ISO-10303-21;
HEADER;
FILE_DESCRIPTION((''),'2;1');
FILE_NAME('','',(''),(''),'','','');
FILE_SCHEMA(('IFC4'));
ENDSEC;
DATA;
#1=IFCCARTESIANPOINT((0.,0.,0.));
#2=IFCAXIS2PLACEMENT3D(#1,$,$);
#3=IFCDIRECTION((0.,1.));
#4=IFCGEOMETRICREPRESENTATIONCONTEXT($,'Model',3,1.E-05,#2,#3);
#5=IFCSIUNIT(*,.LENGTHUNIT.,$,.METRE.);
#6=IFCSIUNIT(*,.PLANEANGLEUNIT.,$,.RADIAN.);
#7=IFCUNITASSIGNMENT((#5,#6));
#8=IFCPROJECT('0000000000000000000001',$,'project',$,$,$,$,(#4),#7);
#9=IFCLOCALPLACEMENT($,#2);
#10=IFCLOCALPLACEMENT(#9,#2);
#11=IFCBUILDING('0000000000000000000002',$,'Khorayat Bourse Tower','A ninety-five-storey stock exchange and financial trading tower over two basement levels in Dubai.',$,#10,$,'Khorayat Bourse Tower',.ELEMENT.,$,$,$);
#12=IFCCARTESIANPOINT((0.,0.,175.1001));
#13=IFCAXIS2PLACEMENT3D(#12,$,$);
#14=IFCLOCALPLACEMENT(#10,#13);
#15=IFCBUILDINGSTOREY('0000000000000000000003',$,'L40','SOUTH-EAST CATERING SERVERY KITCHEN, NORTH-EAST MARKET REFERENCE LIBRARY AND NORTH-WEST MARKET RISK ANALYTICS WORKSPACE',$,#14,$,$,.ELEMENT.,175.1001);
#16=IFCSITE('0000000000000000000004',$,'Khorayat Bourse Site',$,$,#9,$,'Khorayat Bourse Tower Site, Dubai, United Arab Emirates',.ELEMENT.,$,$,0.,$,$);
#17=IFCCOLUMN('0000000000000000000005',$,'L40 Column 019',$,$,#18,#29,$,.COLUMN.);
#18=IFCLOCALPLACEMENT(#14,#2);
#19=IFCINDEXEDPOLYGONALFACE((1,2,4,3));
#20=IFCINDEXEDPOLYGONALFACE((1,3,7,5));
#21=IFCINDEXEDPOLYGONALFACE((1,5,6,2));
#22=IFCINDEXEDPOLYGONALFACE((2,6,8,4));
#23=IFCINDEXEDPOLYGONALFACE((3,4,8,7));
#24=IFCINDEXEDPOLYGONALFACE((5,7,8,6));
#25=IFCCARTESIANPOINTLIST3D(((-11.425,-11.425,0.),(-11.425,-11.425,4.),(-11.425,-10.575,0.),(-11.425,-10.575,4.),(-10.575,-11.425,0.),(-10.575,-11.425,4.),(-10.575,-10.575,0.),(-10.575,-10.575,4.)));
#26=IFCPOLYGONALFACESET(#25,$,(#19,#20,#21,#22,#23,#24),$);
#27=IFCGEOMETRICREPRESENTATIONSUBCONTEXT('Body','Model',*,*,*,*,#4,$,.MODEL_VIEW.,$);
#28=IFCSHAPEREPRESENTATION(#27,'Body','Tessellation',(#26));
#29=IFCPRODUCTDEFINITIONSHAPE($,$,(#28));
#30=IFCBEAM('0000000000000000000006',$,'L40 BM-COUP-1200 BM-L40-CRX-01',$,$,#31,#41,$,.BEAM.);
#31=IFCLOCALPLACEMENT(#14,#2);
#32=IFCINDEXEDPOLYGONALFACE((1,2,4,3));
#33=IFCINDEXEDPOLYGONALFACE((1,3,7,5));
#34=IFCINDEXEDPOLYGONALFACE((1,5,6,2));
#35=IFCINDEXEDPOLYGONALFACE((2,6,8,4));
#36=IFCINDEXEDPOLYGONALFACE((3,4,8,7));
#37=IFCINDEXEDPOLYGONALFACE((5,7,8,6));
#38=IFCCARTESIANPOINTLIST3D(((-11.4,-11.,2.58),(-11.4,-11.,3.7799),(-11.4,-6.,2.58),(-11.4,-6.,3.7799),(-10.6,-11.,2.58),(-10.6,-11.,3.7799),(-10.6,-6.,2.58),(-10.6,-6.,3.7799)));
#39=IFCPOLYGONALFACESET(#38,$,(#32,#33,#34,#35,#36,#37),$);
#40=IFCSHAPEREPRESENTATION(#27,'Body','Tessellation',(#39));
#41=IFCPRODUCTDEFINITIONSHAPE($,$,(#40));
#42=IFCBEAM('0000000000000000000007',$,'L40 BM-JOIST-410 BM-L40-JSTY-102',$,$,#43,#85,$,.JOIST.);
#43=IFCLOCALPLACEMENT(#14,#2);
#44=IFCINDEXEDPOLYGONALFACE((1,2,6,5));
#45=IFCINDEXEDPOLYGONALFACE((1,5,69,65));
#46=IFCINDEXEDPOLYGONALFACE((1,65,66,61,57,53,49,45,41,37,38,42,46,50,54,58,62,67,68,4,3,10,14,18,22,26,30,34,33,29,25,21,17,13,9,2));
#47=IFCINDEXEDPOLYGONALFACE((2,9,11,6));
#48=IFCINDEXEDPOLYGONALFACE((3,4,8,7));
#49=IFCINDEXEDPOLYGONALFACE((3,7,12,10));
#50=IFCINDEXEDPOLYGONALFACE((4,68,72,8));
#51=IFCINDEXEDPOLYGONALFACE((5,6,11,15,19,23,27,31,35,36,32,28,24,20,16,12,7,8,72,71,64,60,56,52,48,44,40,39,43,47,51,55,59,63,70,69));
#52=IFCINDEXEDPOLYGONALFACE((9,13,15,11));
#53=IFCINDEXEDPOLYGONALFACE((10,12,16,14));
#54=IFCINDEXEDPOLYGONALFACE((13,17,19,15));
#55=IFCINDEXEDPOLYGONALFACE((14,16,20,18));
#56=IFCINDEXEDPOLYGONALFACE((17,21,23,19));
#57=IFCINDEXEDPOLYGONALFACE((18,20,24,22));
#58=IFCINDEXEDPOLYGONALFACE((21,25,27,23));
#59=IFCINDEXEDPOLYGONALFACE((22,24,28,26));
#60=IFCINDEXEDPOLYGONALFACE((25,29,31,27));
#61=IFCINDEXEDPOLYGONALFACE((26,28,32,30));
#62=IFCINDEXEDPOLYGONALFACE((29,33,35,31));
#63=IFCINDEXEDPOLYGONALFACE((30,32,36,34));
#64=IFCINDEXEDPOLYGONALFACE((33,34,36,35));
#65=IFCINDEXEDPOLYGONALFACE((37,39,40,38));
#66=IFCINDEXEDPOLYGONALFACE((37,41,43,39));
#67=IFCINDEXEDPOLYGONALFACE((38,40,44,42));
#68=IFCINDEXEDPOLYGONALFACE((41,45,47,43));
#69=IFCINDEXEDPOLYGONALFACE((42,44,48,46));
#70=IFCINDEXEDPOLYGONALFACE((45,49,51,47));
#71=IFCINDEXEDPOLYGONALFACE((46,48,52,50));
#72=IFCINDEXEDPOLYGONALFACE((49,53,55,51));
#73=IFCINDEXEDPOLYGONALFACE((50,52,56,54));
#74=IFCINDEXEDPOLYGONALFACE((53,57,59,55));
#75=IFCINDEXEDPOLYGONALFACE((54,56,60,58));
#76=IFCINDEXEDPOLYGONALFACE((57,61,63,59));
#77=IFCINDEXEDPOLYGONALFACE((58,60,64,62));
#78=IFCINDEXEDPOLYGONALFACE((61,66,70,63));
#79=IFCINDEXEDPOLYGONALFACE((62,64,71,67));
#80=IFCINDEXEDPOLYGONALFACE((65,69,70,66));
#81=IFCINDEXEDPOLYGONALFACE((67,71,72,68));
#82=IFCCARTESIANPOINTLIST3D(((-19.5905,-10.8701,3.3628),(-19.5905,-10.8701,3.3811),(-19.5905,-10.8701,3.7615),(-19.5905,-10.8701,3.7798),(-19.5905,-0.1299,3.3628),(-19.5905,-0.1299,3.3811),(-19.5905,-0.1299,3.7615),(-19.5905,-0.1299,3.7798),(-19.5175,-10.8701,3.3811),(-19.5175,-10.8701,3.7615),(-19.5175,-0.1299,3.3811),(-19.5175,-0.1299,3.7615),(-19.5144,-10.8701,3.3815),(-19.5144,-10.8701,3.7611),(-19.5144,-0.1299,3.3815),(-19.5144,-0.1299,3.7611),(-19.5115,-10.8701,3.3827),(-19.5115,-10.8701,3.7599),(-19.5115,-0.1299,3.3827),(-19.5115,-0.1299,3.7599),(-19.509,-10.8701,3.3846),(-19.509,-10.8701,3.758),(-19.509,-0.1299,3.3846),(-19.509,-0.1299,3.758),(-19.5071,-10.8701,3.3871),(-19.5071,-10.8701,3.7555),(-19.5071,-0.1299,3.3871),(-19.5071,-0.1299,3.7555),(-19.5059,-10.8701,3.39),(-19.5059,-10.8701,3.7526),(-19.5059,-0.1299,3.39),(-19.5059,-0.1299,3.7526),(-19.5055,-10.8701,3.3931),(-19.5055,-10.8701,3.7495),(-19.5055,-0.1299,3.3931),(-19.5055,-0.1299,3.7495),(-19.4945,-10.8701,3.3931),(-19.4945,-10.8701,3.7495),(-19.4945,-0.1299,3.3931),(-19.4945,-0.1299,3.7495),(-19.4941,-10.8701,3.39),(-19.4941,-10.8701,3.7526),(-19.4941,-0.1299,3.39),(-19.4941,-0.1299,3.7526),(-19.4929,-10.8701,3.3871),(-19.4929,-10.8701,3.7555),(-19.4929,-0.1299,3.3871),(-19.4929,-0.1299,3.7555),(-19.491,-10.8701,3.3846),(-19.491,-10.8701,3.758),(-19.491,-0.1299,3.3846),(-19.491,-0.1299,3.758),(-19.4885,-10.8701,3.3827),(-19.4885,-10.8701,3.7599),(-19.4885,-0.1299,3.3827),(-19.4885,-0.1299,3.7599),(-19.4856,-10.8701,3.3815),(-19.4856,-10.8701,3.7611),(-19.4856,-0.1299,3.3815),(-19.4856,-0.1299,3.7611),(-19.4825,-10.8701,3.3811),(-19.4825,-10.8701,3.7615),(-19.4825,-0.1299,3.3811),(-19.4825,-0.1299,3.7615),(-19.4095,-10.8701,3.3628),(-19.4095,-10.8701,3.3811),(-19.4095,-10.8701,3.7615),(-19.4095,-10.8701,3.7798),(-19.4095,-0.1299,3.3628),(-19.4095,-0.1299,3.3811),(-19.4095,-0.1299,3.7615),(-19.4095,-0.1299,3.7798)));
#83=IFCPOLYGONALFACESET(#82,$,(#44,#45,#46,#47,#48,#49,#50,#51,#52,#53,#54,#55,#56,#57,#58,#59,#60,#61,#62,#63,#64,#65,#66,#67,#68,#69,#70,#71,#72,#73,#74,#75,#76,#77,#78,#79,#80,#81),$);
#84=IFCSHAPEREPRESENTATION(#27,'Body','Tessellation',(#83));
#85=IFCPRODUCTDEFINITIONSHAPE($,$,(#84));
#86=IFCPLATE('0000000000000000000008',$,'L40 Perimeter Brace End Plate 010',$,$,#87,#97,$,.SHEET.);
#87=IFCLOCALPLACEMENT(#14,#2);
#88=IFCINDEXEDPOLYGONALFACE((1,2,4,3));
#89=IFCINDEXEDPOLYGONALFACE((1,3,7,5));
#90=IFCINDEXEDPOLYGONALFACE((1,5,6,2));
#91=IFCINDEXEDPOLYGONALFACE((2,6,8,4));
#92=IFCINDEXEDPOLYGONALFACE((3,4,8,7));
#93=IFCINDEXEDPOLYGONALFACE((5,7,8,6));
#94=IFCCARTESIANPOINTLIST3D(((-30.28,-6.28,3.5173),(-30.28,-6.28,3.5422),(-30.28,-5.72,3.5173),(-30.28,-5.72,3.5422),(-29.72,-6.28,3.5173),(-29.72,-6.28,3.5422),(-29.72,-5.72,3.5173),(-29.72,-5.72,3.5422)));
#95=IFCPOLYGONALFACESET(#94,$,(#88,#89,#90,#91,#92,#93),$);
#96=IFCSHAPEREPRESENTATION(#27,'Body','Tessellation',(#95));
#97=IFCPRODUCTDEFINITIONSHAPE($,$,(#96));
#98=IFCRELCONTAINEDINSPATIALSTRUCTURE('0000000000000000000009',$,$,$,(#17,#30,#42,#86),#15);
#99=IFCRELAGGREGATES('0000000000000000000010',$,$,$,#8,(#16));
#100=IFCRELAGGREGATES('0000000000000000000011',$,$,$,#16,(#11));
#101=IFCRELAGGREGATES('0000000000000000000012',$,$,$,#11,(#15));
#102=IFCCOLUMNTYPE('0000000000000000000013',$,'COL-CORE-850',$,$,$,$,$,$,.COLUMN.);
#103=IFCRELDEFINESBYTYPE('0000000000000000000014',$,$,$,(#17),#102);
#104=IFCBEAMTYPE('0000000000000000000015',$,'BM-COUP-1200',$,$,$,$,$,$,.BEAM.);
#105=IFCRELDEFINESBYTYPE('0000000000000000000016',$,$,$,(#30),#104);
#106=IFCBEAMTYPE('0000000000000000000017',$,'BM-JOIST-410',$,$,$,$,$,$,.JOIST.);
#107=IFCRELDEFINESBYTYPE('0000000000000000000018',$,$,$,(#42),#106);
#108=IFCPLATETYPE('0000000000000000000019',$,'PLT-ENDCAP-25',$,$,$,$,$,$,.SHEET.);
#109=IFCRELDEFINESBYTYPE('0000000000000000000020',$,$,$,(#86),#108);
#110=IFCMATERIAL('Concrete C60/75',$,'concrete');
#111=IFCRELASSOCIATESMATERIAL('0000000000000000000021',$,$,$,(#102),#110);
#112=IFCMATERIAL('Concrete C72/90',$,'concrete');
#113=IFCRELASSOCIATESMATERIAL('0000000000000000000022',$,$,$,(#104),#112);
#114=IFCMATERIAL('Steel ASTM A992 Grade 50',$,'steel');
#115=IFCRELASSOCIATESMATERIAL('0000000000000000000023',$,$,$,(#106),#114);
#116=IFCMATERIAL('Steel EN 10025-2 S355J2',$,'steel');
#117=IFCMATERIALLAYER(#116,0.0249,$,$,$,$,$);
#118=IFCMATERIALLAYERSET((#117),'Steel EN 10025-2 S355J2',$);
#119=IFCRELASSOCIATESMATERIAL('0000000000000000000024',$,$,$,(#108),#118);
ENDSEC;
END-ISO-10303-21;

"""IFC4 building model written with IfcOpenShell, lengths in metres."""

from ifc_helpers import new_model, si_unit, direction, frame, origin, origin_2d, place, context, subcontext, project, spatial, rectangle, i_section, extrude, source, transform, mapped, material, layer, layer_set, material_profile, profile_set, type_object, element, save


model = new_model("IFC4")

# Units and contexts
model_context = context("Model", 3, precision=1e-05, world=origin(), true_north=direction((0.0, 1.0)))
body_context = subcontext(model_context, "Body", "Model", "MODEL_VIEW")
ifc_project = project(units=[si_unit("LENGTHUNIT", "METRE"), si_unit("PLANEANGLEUNIT", "RADIAN")], contexts=[model_context])

# Site, building, storey
site_placement = place(None, origin())
site = spatial("IfcSite", under=ifc_project, at=site_placement, Name="Khorayat Bourse Site", LongName="Khorayat Bourse Tower Site, Dubai, United Arab Emirates", CompositionType="ELEMENT", RefElevation=0.0)
building_placement = place(site_placement, origin())
building = spatial("IfcBuilding", under=site, at=building_placement, Name="Khorayat Bourse Tower", Description="A ninety-five-storey stock exchange and financial trading tower over two basement levels in Dubai.", LongName="Khorayat Bourse Tower", CompositionType="ELEMENT")
storey_placement = place(building_placement, frame((0.0, 0.0, 175.1001)))
storey = spatial("IfcBuildingStorey", under=building, at=storey_placement, Name="L40", Description="SOUTH-EAST CATERING SERVERY KITCHEN, NORTH-EAST MARKET REFERENCE LIBRARY AND NORTH-WEST MARKET RISK ANALYTICS WORKSPACE", CompositionType="ELEMENT", Elevation=175.1001)

# Column
ifc_material_1 = material(Name="Concrete C60/75", Category="concrete")
ifc_material_profile_1 = material_profile(ifc_material_1, rectangle(XDim=0.8501, YDim=0.8501, at=origin_2d()), Name="RC 850x850")
ifc_profile_set_1 = profile_set([ifc_material_profile_1], Name="Concrete C60/75")
column_type = type_object("IfcColumnType", Name="COL-CORE-850", PredefinedType="COLUMN", material=ifc_profile_set_1)
shared_shape_1 = source(origin(), body_context, "Body", "SweptSolid", [
    extrude(rectangle(XDim=0.8501, YDim=0.8501, at=origin_2d()), origin(), (0.0, 0.0, 1.0), 4.0),
])
column_placement = place(storey_placement, frame((-11.0, -11.0, 0.0), z_axis=(0.0, 0.0, 1.0), x_axis=(1.0, 0.0, 0.0)))
element("IfcColumn", 1, at=column_placement, inside=storey, type_object=column_type, Name="L40 Column 019", PredefinedType="COLUMN", context=body_context, shape_type="MappedRepresentation", body=[
    mapped(shared_shape_1, transform((0.0, 0.0, 0.0), scale=1.0)),
])

# Beams
ifc_material_2 = material(Name="Concrete C72/90", Category="concrete")
ifc_material_profile_2 = material_profile(ifc_material_2, rectangle(XDim=0.8, YDim=1.2, at=origin_2d()), Name="RC 800x1200")
ifc_profile_set_2 = profile_set([ifc_material_profile_2], Name="Concrete C72/90")
beam_type_1 = type_object("IfcBeamType", Name="BM-COUP-1200", PredefinedType="BEAM", material=ifc_profile_set_2)
shared_shape_2 = source(origin(), body_context, "Body", "SweptSolid", [
    extrude(rectangle(XDim=0.8, YDim=1.2, at=origin_2d()), origin(), (0.0, 0.0, 1.0), 5.0),
])
beam_1_placement = place(storey_placement, frame((-11.0, -11.0, 3.1799), z_axis=(0.0, 1.0, 0.0), x_axis=(-1.0, 0.0, 0.0)))
element("IfcBeam", 2, at=beam_1_placement, inside=storey, type_object=beam_type_1, Name="L40 BM-COUP-1200 BM-L40-CRX-01", PredefinedType="BEAM", context=body_context, shape_type="MappedRepresentation", body=[
    mapped(shared_shape_2, transform((0.0, 0.0, 0.0), scale=1.0)),
])
ifc_material_3 = material(Name="Steel ASTM A992 Grade 50", Category="steel")
ifc_material_profile_3 = material_profile(ifc_material_3, i_section(OverallWidth=0.1809, OverallDepth=0.417, WebThickness=0.011, FlangeThickness=0.0183, FilletRadius=0.012, at=origin_2d()), Name="W410X85")
ifc_profile_set_3 = profile_set([ifc_material_profile_3], Name="Steel ASTM A992 Grade 50")
beam_type_2 = type_object("IfcBeamType", Name="BM-JOIST-410", PredefinedType="JOIST", material=ifc_profile_set_3)
shared_shape_3 = source(origin(), body_context, "Body", "SweptSolid", [
    extrude(i_section(OverallWidth=0.1809, OverallDepth=0.417, WebThickness=0.011, FlangeThickness=0.0183, FilletRadius=0.012, at=origin_2d()), origin(), (0.0, 0.0, 1.0), 10.7402),
])
beam_2_placement = place(storey_placement, frame((-19.5, -10.8701, 3.5713), z_axis=(0.0, 1.0, 0.0), x_axis=(-1.0, 0.0, 0.0)))
element("IfcBeam", 3, at=beam_2_placement, inside=storey, type_object=beam_type_2, Name="L40 BM-JOIST-410 BM-L40-JSTY-102", PredefinedType="JOIST", context=body_context, shape_type="MappedRepresentation", body=[
    mapped(shared_shape_3, transform((0.0, 0.0, 0.0), scale=1.0)),
])

# Plate
ifc_material_4 = material(Name="Steel EN 10025-2 S355J2", Category="steel")
ifc_layer_1 = layer(ifc_material_4, 0.0249)
ifc_layer_set_1 = layer_set([ifc_layer_1], Name="Steel EN 10025-2 S355J2")
plate_type = type_object("IfcPlateType", Name="PLT-ENDCAP-25", PredefinedType="SHEET", material=ifc_layer_set_1)
shared_shape_4 = source(origin(), body_context, "Body", "SweptSolid", [
    extrude(rectangle(XDim=0.5601, YDim=0.5601, at=origin_2d()), origin(), (0.0, 0.0, 1.0), 0.0249),
])
plate_placement = place(storey_placement, frame((-30.0, -6.0, 3.5173), z_axis=(0.0, 0.0, 1.0), x_axis=(1.0, 0.0, 0.0)))
element("IfcPlate", 4, at=plate_placement, inside=storey, type_object=plate_type, Name="L40 Perimeter Brace End Plate 010", PredefinedType="SHEET", context=body_context, shape_type="MappedRepresentation", body=[
    mapped(shared_shape_4, transform((0.0, 0.0, 0.0), scale=1.0)),
])

save(model, "model.ifc")
